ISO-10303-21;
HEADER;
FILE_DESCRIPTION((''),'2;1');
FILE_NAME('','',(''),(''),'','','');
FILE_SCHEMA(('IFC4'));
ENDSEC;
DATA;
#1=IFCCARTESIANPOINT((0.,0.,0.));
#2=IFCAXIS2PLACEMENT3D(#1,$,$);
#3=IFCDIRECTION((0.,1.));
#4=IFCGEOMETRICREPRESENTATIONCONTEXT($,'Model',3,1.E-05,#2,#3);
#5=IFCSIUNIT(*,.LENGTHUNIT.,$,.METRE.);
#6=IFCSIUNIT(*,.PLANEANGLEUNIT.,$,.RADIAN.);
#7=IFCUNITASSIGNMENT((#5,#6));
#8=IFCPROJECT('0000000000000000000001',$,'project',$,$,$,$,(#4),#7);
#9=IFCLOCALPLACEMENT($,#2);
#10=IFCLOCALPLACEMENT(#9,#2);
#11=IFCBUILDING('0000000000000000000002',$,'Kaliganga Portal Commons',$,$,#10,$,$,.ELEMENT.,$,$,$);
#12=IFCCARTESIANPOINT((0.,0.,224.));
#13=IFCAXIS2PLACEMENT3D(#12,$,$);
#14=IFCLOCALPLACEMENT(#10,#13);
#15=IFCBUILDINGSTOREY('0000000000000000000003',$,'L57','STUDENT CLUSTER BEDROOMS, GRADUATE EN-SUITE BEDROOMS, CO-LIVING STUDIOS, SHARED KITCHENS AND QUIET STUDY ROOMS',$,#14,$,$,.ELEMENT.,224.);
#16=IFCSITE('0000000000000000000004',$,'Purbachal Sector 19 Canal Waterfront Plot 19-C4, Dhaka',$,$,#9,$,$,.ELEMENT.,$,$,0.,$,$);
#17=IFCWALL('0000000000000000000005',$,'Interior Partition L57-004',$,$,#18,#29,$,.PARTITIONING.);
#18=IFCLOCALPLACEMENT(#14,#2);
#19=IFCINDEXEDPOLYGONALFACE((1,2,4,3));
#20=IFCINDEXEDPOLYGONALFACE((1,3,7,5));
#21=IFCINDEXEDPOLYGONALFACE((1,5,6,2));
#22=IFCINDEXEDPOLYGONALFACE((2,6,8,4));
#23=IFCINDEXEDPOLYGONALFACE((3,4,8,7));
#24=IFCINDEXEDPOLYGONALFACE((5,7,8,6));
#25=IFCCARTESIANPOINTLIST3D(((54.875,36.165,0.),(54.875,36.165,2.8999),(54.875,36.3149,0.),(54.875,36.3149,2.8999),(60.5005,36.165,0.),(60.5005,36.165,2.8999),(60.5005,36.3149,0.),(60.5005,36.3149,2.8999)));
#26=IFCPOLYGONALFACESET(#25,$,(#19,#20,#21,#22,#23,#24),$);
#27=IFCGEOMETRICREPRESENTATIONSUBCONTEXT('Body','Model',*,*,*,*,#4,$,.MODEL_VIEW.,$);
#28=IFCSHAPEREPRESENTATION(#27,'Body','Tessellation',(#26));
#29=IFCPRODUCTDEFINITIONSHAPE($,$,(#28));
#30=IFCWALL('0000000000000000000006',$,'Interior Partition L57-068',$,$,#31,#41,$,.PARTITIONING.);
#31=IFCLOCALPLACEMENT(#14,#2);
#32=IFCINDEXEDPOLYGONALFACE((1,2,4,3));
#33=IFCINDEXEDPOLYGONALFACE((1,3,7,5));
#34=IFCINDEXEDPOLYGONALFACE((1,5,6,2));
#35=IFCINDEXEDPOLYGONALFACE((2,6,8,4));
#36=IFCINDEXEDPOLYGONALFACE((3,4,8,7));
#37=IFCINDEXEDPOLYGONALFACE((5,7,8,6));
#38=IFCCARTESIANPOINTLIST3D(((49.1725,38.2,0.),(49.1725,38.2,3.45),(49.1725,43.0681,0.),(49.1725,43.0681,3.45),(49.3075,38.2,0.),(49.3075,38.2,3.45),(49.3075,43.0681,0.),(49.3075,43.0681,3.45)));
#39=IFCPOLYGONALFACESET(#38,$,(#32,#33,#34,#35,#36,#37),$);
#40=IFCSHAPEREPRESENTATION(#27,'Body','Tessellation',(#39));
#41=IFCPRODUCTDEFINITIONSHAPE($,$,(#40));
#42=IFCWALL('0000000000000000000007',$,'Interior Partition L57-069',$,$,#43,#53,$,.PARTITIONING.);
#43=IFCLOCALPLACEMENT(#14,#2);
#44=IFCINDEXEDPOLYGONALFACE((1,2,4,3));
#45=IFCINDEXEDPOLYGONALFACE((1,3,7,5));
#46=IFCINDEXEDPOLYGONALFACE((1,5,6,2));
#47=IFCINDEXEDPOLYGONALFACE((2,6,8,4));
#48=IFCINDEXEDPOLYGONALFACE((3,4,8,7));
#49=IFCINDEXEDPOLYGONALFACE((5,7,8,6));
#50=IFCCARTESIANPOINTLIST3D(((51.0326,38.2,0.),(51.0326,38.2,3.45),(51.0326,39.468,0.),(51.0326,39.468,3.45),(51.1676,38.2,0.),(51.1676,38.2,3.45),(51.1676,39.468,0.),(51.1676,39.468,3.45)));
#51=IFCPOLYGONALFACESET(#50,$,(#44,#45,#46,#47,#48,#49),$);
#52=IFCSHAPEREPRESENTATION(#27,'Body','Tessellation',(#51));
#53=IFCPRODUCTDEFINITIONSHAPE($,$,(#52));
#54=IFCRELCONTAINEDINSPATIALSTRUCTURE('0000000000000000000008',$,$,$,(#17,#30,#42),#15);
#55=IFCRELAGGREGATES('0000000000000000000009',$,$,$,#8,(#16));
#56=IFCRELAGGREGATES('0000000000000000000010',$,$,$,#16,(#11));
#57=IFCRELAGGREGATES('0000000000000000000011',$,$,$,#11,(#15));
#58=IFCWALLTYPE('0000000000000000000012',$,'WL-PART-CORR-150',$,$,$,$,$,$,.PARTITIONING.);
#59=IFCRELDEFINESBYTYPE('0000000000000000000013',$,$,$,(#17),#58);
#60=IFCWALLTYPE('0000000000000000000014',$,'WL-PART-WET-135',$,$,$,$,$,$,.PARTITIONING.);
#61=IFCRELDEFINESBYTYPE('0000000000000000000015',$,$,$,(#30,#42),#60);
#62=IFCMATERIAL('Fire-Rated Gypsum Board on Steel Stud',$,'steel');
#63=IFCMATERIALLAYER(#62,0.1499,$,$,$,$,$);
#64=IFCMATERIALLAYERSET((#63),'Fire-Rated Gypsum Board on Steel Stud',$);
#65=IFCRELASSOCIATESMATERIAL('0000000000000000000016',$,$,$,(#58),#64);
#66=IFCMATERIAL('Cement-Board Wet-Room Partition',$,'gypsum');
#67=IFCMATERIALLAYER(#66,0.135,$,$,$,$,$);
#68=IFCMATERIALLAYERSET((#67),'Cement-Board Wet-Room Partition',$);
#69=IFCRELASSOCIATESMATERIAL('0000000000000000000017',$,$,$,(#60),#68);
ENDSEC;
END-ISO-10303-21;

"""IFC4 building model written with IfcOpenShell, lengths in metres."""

from ifc_helpers import new_model, si_unit, direction, frame, frame_2d, origin, place, context, subcontext, project, spatial, rectangle, extrude, material, layer, layer_set, type_object, element, save


model = new_model("IFC4")

# Units and contexts
model_context = context("Model", 3, precision=1e-05, world=origin(), true_north=direction((0.0, 1.0)))
body_context = subcontext(model_context, "Body", "Model", "MODEL_VIEW")
ifc_project = project(units=[si_unit("LENGTHUNIT", "METRE"), si_unit("PLANEANGLEUNIT", "RADIAN")], contexts=[model_context])

# Site, building, storey
site_placement = place(None, origin())
site = spatial("IfcSite", under=ifc_project, at=site_placement, Name="Purbachal Sector 19 Canal Waterfront Plot 19-C4, Dhaka", CompositionType="ELEMENT", RefElevation=0.0)
building_placement = place(site_placement, origin())
building = spatial("IfcBuilding", under=site, at=building_placement, Name="Kaliganga Portal Commons", CompositionType="ELEMENT")
storey_placement = place(building_placement, frame((0.0, 0.0, 224.0)))
storey = spatial("IfcBuildingStorey", under=building, at=storey_placement, Name="L57", Description="STUDENT CLUSTER BEDROOMS, GRADUATE EN-SUITE BEDROOMS, CO-LIVING STUDIOS, SHARED KITCHENS AND QUIET STUDY ROOMS", CompositionType="ELEMENT", Elevation=224.0)

# Wall
ifc_material_1 = material(Name="Fire-Rated Gypsum Board on Steel Stud", Category="steel")
ifc_layer_1 = layer(ifc_material_1, 0.1499)
ifc_layer_set_1 = layer_set([ifc_layer_1], Name="Fire-Rated Gypsum Board on Steel Stud")
wall_type_1 = type_object("IfcWallType", Name="WL-PART-CORR-150", PredefinedType="PARTITIONING", material=ifc_layer_set_1)
wall_1_placement = place(storey_placement, frame((54.875, 36.24, 0.0), z_axis=(0.0, 0.0, 1.0), x_axis=(1.0, 0.0, 0.0)))
element("IfcWall", 1, at=wall_1_placement, inside=storey, type_object=wall_type_1, Name="Interior Partition L57-004", PredefinedType="PARTITIONING", context=body_context, shape_type="SweptSolid", body=[
    extrude(rectangle(XDim=5.6255, YDim=0.1499, at=frame_2d((2.8127, 0.0))), origin(), (0.0, 0.0, 1.0), 2.8999),
])

# Walls
ifc_material_2 = material(Name="Cement-Board Wet-Room Partition", Category="gypsum")
ifc_layer_2 = layer(ifc_material_2, 0.135)
ifc_layer_set_2 = layer_set([ifc_layer_2], Name="Cement-Board Wet-Room Partition")
wall_type_2 = type_object("IfcWallType", Name="WL-PART-WET-135", PredefinedType="PARTITIONING", material=ifc_layer_set_2)
wall_2_placement = place(storey_placement, frame((49.24, 38.2, 0.0), z_axis=(0.0, 0.0, 1.0), x_axis=(0.0, 1.0, 0.0)))
element("IfcWall", 2, at=wall_2_placement, inside=storey, type_object=wall_type_2, Name="Interior Partition L57-068", PredefinedType="PARTITIONING", context=body_context, shape_type="SweptSolid", body=[
    extrude(rectangle(XDim=4.8682, YDim=0.135, at=frame_2d((2.4341, 0.0))), origin(), (0.0, 0.0, 1.0), 3.45),
])
wall_3_placement = place(storey_placement, frame((51.1001, 38.2, 0.0), z_axis=(0.0, 0.0, 1.0), x_axis=(0.0, 1.0, 0.0)))
element("IfcWall", 3, at=wall_3_placement, inside=storey, type_object=wall_type_2, Name="Interior Partition L57-069", PredefinedType="PARTITIONING", context=body_context, shape_type="SweptSolid", body=[
    extrude(rectangle(XDim=1.2681, YDim=0.135, at=frame_2d((0.634, 0.0))), origin(), (0.0, 0.0, 1.0), 3.45),
])

save(model, "model.ifc")
